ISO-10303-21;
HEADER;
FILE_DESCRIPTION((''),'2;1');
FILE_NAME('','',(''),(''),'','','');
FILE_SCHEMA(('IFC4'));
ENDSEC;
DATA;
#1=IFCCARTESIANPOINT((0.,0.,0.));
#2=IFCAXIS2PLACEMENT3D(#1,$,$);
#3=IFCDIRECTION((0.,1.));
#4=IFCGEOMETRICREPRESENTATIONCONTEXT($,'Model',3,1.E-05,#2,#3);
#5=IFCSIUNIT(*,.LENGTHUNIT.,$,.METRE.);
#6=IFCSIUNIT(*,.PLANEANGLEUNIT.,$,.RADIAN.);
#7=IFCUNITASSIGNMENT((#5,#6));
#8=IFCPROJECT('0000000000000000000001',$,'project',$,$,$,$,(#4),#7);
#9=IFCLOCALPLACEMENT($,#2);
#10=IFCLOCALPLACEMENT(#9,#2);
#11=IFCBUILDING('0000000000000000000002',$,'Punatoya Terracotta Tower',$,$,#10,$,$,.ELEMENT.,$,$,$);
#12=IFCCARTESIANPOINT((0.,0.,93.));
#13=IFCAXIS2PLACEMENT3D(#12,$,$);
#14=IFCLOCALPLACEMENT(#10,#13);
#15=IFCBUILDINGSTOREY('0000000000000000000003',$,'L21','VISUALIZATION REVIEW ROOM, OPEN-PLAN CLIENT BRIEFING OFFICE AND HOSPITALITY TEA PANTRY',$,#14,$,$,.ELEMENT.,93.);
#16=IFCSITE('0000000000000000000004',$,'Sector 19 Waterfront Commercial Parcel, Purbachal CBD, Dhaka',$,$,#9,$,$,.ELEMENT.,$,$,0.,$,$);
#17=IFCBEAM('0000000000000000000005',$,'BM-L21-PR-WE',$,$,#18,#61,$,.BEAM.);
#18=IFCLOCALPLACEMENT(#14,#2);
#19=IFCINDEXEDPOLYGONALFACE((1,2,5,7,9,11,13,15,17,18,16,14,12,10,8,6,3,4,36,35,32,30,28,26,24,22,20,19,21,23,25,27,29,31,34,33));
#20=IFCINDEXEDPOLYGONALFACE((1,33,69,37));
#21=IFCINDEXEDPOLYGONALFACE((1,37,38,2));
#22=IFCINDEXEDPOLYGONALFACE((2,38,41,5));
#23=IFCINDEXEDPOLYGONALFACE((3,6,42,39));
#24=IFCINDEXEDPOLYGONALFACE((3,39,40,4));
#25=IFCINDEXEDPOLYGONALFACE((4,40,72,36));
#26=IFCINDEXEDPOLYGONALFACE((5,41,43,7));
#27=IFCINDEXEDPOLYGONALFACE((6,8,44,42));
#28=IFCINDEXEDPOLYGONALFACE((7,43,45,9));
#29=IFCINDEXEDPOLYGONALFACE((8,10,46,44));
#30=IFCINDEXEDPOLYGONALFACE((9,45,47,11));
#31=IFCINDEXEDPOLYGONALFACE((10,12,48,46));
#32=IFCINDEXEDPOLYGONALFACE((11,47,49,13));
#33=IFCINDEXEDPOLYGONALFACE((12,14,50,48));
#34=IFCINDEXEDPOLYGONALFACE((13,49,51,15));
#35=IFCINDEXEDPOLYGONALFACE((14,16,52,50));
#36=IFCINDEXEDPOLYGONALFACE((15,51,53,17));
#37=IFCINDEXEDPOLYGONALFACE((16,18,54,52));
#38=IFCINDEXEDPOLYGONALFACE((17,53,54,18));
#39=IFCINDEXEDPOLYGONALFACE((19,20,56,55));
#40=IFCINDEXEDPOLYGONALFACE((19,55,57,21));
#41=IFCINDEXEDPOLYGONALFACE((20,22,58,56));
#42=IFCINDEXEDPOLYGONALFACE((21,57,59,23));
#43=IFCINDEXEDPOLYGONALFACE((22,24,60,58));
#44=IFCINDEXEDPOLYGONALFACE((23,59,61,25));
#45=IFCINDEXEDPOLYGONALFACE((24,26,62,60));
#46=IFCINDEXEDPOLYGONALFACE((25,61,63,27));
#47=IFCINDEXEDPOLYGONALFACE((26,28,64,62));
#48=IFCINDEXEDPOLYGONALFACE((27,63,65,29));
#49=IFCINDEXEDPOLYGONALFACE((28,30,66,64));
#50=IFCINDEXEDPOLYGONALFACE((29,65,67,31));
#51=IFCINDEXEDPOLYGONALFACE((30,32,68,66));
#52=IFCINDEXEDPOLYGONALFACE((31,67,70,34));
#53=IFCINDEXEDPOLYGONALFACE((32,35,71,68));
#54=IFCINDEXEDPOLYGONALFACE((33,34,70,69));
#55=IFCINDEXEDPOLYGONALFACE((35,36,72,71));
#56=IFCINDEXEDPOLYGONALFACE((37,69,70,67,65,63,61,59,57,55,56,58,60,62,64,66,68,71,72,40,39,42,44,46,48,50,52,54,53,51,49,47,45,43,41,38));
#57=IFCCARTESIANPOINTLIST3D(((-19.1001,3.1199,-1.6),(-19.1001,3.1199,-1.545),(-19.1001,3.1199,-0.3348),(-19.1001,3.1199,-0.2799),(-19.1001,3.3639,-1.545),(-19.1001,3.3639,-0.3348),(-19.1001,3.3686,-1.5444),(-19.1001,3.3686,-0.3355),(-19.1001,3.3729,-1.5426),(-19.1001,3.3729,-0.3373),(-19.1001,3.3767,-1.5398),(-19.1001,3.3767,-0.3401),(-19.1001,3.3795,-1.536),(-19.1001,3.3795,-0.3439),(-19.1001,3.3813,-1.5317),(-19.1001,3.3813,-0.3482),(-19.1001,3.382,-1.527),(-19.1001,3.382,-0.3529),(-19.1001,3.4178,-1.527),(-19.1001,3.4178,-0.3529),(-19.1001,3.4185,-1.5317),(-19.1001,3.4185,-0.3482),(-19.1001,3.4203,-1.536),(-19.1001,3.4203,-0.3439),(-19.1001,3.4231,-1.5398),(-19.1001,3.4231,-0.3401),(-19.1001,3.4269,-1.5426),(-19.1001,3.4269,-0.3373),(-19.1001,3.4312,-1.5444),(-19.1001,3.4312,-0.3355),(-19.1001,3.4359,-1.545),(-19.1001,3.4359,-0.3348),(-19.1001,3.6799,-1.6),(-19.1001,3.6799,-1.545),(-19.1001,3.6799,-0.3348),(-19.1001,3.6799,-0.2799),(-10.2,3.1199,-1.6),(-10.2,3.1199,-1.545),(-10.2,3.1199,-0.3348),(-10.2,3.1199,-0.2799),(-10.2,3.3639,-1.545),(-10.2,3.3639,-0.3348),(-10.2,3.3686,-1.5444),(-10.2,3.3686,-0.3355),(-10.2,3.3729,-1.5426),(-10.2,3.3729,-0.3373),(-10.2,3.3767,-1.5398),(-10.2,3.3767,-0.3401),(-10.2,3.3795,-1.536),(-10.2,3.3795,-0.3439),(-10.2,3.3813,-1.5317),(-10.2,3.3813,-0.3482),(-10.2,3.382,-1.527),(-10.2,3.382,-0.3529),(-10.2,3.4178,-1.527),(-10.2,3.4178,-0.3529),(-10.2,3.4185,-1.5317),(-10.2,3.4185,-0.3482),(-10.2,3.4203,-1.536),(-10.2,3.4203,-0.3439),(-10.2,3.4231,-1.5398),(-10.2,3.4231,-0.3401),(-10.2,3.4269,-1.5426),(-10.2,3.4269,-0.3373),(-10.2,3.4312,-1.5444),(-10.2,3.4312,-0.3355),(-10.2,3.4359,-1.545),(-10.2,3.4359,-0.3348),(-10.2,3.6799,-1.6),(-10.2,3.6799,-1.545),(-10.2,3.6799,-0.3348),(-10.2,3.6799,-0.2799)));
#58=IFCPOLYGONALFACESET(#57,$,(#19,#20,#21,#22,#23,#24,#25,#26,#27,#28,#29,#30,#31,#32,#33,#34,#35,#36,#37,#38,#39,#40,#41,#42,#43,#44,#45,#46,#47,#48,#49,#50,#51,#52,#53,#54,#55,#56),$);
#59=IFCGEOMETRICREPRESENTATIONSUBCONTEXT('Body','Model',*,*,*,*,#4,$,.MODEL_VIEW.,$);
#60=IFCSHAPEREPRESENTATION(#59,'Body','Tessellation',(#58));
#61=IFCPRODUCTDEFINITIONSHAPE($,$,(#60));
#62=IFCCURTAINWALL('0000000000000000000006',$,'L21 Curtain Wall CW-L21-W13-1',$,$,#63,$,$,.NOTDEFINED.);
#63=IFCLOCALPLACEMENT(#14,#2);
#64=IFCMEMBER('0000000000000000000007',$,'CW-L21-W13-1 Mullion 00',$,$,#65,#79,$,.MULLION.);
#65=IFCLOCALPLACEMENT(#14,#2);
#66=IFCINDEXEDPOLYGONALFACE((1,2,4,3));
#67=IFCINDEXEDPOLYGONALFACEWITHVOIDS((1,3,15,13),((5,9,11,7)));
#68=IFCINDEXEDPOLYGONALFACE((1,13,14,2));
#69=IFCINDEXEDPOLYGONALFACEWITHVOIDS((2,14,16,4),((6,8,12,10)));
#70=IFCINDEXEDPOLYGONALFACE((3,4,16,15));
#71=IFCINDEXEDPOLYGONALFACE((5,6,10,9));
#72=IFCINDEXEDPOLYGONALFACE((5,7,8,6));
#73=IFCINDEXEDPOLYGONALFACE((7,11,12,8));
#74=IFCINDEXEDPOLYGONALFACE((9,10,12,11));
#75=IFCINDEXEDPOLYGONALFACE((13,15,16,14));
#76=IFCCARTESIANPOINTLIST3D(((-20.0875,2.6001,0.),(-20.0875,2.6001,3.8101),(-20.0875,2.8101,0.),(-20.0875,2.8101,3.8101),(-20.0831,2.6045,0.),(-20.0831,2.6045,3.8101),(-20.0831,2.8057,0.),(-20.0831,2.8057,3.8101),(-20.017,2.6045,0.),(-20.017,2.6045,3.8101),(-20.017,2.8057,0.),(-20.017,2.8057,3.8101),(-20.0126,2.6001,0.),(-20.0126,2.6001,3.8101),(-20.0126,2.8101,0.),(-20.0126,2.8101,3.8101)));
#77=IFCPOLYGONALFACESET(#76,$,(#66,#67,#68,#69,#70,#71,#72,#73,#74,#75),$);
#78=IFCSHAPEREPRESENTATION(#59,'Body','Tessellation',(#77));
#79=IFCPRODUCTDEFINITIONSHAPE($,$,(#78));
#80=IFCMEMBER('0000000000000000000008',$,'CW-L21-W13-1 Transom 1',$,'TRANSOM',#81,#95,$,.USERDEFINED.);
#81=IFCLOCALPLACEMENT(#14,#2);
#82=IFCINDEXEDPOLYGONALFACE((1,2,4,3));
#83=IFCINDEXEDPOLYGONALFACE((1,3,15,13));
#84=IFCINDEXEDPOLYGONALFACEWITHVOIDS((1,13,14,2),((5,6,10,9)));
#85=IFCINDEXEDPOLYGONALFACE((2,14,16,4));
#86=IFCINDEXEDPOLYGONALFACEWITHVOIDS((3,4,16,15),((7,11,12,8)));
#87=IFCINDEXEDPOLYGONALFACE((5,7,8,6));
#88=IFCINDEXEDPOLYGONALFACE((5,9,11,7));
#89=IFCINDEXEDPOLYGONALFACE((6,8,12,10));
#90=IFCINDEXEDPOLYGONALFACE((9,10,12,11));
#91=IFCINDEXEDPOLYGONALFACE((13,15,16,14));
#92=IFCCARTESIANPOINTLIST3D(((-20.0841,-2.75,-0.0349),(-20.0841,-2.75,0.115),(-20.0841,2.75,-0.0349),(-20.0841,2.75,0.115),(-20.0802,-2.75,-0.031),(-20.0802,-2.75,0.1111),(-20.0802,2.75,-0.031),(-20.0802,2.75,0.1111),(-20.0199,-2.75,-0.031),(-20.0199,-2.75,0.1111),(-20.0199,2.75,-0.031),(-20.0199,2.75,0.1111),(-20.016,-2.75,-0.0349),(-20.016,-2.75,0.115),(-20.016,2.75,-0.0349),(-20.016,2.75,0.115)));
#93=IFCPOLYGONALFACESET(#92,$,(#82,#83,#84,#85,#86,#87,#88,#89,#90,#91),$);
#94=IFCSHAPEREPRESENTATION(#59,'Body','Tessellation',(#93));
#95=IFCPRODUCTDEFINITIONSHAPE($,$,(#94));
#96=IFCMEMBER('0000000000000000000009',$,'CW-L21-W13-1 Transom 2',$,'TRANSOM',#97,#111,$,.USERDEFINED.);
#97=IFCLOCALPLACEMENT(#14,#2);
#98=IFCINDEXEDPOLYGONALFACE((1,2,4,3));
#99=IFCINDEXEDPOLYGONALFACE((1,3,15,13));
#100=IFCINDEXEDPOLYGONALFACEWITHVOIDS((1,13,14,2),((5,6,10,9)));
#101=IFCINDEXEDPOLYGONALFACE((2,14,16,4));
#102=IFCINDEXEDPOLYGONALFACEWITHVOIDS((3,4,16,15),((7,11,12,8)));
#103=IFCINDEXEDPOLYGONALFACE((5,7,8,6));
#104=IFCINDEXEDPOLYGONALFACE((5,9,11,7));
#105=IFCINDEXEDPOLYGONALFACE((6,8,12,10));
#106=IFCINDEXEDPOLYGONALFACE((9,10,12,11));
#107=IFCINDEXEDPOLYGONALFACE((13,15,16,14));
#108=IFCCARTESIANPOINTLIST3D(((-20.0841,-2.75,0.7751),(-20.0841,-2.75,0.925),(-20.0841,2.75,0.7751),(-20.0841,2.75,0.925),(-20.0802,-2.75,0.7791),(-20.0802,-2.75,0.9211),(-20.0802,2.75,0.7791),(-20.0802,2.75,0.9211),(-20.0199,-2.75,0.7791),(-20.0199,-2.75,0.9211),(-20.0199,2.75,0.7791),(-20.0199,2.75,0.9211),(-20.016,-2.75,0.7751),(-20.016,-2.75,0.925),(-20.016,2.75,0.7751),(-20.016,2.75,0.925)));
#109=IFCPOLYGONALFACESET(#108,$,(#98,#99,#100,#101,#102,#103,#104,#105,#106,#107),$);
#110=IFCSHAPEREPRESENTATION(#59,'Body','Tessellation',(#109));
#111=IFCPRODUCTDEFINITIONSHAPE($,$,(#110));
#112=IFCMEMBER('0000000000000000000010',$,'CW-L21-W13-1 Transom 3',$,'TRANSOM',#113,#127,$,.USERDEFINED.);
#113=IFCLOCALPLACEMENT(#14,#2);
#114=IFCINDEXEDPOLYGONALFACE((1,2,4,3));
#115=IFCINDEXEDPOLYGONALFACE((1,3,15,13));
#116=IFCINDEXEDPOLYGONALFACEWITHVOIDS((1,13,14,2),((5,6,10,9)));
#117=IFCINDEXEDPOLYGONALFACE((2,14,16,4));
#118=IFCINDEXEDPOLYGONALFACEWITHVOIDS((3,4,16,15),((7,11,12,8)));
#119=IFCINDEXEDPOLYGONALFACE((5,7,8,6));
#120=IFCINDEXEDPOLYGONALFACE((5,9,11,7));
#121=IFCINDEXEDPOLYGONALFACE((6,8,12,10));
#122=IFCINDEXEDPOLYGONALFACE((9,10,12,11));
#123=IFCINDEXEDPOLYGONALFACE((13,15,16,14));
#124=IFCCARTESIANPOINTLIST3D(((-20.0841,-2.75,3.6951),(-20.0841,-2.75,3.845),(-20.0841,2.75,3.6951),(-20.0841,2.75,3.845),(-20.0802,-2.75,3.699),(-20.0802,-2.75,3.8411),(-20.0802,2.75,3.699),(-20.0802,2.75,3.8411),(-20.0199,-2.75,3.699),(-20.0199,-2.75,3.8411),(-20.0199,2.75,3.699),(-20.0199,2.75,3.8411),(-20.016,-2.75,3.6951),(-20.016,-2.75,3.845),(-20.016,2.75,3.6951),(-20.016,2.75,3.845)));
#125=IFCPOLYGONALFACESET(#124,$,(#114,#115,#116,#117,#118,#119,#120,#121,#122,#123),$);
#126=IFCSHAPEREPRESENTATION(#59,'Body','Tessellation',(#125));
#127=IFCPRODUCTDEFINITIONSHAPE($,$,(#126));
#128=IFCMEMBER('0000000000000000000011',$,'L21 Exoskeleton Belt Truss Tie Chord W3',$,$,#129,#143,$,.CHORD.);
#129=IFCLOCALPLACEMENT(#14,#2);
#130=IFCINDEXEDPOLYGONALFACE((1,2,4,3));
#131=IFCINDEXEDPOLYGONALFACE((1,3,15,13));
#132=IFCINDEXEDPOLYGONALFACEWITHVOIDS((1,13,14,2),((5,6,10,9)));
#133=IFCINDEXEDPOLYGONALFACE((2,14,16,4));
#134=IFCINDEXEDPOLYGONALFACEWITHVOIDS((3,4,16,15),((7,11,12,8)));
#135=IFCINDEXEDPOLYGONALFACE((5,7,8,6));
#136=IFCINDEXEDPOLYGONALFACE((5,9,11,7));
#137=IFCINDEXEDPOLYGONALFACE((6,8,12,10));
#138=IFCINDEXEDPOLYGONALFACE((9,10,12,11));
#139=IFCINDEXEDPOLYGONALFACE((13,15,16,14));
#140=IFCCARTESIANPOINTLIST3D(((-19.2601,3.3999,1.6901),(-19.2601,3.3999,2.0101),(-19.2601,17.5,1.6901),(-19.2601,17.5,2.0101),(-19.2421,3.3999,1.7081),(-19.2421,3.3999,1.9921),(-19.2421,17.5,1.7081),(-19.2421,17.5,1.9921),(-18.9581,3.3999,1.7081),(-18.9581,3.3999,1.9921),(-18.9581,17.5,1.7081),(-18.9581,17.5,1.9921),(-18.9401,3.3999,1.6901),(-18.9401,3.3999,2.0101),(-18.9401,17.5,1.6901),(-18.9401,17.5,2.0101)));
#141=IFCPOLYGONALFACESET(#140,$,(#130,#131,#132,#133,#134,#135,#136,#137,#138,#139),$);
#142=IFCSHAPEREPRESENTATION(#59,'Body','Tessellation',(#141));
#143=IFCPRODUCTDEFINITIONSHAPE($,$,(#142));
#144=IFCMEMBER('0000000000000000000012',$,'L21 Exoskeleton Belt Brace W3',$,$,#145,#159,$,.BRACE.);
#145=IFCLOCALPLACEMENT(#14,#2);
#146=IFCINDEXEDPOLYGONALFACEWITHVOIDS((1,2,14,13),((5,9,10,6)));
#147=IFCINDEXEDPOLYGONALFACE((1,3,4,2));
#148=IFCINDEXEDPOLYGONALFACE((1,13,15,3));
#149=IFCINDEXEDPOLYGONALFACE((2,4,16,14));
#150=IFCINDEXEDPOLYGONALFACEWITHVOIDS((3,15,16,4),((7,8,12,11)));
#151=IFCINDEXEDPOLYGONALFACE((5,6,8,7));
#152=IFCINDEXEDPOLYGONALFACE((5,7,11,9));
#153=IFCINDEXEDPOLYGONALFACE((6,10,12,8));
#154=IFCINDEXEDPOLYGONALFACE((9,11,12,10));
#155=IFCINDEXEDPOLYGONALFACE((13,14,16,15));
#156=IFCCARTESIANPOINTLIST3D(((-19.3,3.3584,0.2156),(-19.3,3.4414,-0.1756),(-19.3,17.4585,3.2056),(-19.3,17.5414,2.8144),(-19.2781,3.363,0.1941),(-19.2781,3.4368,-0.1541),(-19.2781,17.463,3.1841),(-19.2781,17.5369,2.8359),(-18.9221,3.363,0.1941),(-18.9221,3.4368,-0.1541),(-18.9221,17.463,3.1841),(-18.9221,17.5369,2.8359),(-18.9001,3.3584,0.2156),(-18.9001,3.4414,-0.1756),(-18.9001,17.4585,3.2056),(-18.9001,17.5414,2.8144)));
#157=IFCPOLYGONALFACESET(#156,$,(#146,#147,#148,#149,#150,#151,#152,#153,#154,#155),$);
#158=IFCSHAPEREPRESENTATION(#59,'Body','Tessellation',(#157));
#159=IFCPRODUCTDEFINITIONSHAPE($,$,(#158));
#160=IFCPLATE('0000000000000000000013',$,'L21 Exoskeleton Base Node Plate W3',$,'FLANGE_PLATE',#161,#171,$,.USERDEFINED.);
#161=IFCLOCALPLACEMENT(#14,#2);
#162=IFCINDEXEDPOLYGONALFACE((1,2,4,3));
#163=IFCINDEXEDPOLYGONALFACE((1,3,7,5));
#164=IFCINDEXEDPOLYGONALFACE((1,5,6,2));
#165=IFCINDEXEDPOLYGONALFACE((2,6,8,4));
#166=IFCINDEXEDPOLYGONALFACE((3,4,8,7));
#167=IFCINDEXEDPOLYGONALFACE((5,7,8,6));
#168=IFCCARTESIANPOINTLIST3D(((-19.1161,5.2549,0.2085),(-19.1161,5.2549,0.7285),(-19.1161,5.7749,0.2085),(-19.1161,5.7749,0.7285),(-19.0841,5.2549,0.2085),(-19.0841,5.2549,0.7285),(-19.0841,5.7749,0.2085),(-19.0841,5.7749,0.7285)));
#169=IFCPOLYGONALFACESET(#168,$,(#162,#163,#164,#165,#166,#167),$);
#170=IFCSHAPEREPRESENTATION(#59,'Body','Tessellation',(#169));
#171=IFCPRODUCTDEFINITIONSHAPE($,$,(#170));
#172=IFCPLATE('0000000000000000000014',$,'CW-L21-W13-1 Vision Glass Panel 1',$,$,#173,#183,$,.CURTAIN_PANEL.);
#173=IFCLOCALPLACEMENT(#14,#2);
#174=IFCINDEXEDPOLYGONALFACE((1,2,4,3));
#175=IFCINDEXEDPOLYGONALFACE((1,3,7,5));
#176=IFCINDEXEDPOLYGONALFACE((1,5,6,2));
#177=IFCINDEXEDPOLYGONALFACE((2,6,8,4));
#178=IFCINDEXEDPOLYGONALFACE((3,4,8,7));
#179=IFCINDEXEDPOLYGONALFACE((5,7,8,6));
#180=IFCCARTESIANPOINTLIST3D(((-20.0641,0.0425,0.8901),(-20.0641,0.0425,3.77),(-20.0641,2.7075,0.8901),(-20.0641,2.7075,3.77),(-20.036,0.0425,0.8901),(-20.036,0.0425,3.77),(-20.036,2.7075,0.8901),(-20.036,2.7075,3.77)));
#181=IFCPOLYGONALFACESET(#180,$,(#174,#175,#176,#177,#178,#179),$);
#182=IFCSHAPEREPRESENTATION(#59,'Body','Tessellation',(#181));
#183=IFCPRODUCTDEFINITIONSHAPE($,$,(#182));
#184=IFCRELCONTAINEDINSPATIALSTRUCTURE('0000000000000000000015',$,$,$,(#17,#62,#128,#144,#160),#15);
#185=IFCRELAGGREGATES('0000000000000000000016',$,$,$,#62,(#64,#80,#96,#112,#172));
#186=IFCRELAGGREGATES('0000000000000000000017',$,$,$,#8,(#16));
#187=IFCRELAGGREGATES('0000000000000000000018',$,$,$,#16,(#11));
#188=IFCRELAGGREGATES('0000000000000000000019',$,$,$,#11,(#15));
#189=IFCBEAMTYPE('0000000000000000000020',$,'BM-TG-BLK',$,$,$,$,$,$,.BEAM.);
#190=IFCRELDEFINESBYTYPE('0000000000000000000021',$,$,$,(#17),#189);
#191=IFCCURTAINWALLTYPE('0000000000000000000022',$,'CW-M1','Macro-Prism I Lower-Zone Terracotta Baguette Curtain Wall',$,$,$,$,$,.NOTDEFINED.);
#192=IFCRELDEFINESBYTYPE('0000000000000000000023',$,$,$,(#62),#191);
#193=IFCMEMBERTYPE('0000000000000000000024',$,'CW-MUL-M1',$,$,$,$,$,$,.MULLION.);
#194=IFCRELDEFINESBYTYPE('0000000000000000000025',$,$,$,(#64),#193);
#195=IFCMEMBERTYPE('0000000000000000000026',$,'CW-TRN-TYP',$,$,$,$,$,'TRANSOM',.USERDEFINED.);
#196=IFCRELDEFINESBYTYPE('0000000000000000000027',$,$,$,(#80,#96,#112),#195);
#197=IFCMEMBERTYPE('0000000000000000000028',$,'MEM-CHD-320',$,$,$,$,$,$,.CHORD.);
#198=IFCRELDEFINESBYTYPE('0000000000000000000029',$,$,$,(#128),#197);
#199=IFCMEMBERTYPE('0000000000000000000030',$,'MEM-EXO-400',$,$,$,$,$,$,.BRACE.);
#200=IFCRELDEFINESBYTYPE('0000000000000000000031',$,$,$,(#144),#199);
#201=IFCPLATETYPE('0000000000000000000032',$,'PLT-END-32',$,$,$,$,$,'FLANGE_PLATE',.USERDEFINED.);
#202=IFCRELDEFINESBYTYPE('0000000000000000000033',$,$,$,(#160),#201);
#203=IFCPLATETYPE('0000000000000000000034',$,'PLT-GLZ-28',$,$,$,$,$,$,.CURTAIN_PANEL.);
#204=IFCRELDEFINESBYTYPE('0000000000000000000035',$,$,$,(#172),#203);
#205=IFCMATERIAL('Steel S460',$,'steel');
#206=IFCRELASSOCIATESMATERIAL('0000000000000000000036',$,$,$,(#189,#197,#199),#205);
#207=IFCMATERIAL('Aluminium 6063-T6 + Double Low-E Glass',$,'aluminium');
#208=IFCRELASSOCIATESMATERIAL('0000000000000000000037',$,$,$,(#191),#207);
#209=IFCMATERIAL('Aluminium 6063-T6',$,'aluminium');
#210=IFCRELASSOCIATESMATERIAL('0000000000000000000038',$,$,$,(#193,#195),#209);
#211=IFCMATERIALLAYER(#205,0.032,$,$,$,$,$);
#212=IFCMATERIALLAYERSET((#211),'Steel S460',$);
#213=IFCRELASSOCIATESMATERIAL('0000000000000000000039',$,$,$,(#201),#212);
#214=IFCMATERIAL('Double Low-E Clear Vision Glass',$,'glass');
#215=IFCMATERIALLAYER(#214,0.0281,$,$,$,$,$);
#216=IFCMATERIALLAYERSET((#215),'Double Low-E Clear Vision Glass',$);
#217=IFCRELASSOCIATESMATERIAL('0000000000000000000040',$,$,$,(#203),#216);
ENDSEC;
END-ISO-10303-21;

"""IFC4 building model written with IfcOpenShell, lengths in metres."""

from ifc_helpers import new_model, si_unit, direction, frame, origin, origin_2d, place, context, subcontext, project, spatial, rectangle, hollow_rectangle, i_section, extrude, material, layer, layer_set, material_profile, profile_set, type_object, element, aggregate, save


model = new_model("IFC4")

# Units and contexts
model_context = context("Model", 3, precision=1e-05, world=origin(), true_north=direction((0.0, 1.0)))
body_context = subcontext(model_context, "Body", "Model", "MODEL_VIEW")
ifc_project = project(units=[si_unit("LENGTHUNIT", "METRE"), si_unit("PLANEANGLEUNIT", "RADIAN")], contexts=[model_context])

# Site, building, storey
site_placement = place(None, origin())
site = spatial("IfcSite", under=ifc_project, at=site_placement, Name="Sector 19 Waterfront Commercial Parcel, Purbachal CBD, Dhaka", CompositionType="ELEMENT", RefElevation=0.0)
building_placement = place(site_placement, origin())
building = spatial("IfcBuilding", under=site, at=building_placement, Name="Punatoya Terracotta Tower", CompositionType="ELEMENT")
storey_placement = place(building_placement, frame((0.0, 0.0, 93.0)))
storey = spatial("IfcBuildingStorey", under=building, at=storey_placement, Name="L21", Description="VISUALIZATION REVIEW ROOM, OPEN-PLAN CLIENT BRIEFING OFFICE AND HOSPITALITY TEA PANTRY", CompositionType="ELEMENT", Elevation=93.0)

# Shared definitions
ifc_material_1 = material(Name="Steel S460", Category="steel")

# Beam
ifc_material_profile_1 = material_profile(ifc_material_1, i_section(OverallWidth=0.5601, OverallDepth=1.3201, WebThickness=0.0359, FlangeThickness=0.0549, FilletRadius=0.0181, at=origin_2d()))
ifc_profile_set_1 = profile_set([ifc_material_profile_1], Name="Steel S460")
beam_type_1 = type_object("IfcBeamType", Name="BM-TG-BLK", PredefinedType="BEAM", material=ifc_profile_set_1)
beam_1_placement = place(storey_placement, frame((-19.1001, 3.3999, -0.9399), z_axis=(1.0, 0.0, 0.0), x_axis=(0.0, 1.0, 0.0)))
element("IfcBeam", 1, at=beam_1_placement, inside=storey, type_object=beam_type_1, Name="BM-L21-PR-WE", PredefinedType="BEAM", context=body_context, shape_type="SweptSolid", body=[
    extrude(i_section(OverallWidth=0.5601, OverallDepth=1.3201, WebThickness=0.0359, FlangeThickness=0.0549, FilletRadius=0.0181, at=origin_2d()), origin(), (0.0, 0.0, 1.0), 8.9001),
])

# Curtain wall, members
ifc_material_2 = material(Name="Aluminium 6063-T6 + Double Low-E Glass", Category="aluminium")
curtain_wall_type = type_object("IfcCurtainWallType", Name="CW-M1", Description="Macro-Prism I Lower-Zone Terracotta Baguette Curtain Wall", PredefinedType="NOTDEFINED", material=ifc_material_2)
curtain_wall_placement = place(storey_placement, origin())
curtain_wall = element("IfcCurtainWall", 2, at=curtain_wall_placement, inside=storey, type_object=curtain_wall_type, Name="L21 Curtain Wall CW-L21-W13-1", PredefinedType="NOTDEFINED")
ifc_material_3 = material(Name="Aluminium 6063-T6", Category="aluminium")
ifc_material_profile_2 = material_profile(ifc_material_3, hollow_rectangle(XDim=0.075, YDim=0.21, WallThickness=0.0044, at=origin_2d()))
ifc_profile_set_2 = profile_set([ifc_material_profile_2], Name="Aluminium 6063-T6")
member_type_1 = type_object("IfcMemberType", Name="CW-MUL-M1", PredefinedType="MULLION", material=ifc_profile_set_2)
member_1_placement = place(storey_placement, frame((-20.05, 2.7051, 0.0), z_axis=(0.0, 0.0, 1.0), x_axis=(1.0, 0.0, 0.0)))
member_1 = element("IfcMember", 3, at=member_1_placement, type_object=member_type_1, Name="CW-L21-W13-1 Mullion 00", PredefinedType="MULLION", context=body_context, shape_type="SweptSolid", body=[
    extrude(hollow_rectangle(XDim=0.075, YDim=0.21, WallThickness=0.0044, at=origin_2d()), origin(), (0.0, 0.0, 1.0), 3.8101),
])
ifc_material_profile_3 = material_profile(ifc_material_3, hollow_rectangle(XDim=0.0681, YDim=0.1499, WallThickness=0.0039, at=origin_2d()))
ifc_profile_set_3 = profile_set([ifc_material_profile_3], Name="Aluminium 6063-T6")
member_type_2 = type_object("IfcMemberType", Name="CW-TRN-TYP", ElementType="TRANSOM", PredefinedType="USERDEFINED", material=ifc_profile_set_3)
member_2_placement = place(storey_placement, frame((-20.05, 2.75, 0.04), z_axis=(0.0, -1.0, 0.0), x_axis=(1.0, 0.0, 0.0)))
member_2 = element("IfcMember", 4, at=member_2_placement, type_object=member_type_2, Name="CW-L21-W13-1 Transom 1", ObjectType="TRANSOM", PredefinedType="USERDEFINED", context=body_context, shape_type="SweptSolid", body=[
    extrude(hollow_rectangle(XDim=0.0681, YDim=0.1499, WallThickness=0.0039, at=origin_2d()), origin(), (0.0, 0.0, 1.0), 5.5),
])
member_3_placement = place(storey_placement, frame((-20.05, 2.75, 0.8501), z_axis=(0.0, -1.0, 0.0), x_axis=(1.0, 0.0, 0.0)))
member_3 = element("IfcMember", 5, at=member_3_placement, type_object=member_type_2, Name="CW-L21-W13-1 Transom 2", ObjectType="TRANSOM", PredefinedType="USERDEFINED", context=body_context, shape_type="SweptSolid", body=[
    extrude(hollow_rectangle(XDim=0.0681, YDim=0.1499, WallThickness=0.0039, at=origin_2d()), origin(), (0.0, 0.0, 1.0), 5.5),
])
member_4_placement = place(storey_placement, frame((-20.05, 2.75, 3.77), z_axis=(0.0, -1.0, 0.0), x_axis=(1.0, 0.0, 0.0)))
member_4 = element("IfcMember", 6, at=member_4_placement, type_object=member_type_2, Name="CW-L21-W13-1 Transom 3", ObjectType="TRANSOM", PredefinedType="USERDEFINED", context=body_context, shape_type="SweptSolid", body=[
    extrude(hollow_rectangle(XDim=0.0681, YDim=0.1499, WallThickness=0.0039, at=origin_2d()), origin(), (0.0, 0.0, 1.0), 5.5),
])

# Members
ifc_material_profile_4 = material_profile(ifc_material_1, hollow_rectangle(XDim=0.3201, YDim=0.3201, WallThickness=0.0181, at=origin_2d()))
ifc_profile_set_4 = profile_set([ifc_material_profile_4], Name="Steel S460")
member_type_3 = type_object("IfcMemberType", Name="MEM-CHD-320", PredefinedType="CHORD", material=ifc_profile_set_4)
member_5_placement = place(storey_placement, frame((-19.1001, 3.3999, 1.8501), z_axis=(0.0, 1.0, 0.0), x_axis=(-1.0, 0.0, 0.0)))
element("IfcMember", 7, at=member_5_placement, inside=storey, type_object=member_type_3, Name="L21 Exoskeleton Belt Truss Tie Chord W3", PredefinedType="CHORD", context=body_context, shape_type="SweptSolid", body=[
    extrude(hollow_rectangle(XDim=0.3201, YDim=0.3201, WallThickness=0.0181, at=origin_2d()), origin(), (0.0, 0.0, 1.0), 14.1001),
])
ifc_material_profile_5 = material_profile(ifc_material_1, hollow_rectangle(XDim=0.3999, YDim=0.3999, WallThickness=0.022, at=origin_2d()))
ifc_profile_set_5 = profile_set([ifc_material_profile_5], Name="Steel S460")
member_type_4 = type_object("IfcMemberType", Name="MEM-EXO-400", PredefinedType="BRACE", material=ifc_profile_set_5)
member_6_placement = place(storey_placement, frame((-19.1001, 3.3999, 0.02), z_axis=(0.0, 0.978247, 0.207442), x_axis=(-1.0, 0.0, 0.0)))
element("IfcMember", 8, at=member_6_placement, inside=storey, type_object=member_type_4, Name="L21 Exoskeleton Belt Brace W3", PredefinedType="BRACE", context=body_context, shape_type="SweptSolid", body=[
    extrude(hollow_rectangle(XDim=0.3999, YDim=0.3999, WallThickness=0.022, at=origin_2d()), origin(), (0.0, 0.0, 1.0), 14.4136),
])

# Plates
ifc_layer_1 = layer(ifc_material_1, 0.032)
ifc_layer_set_1 = layer_set([ifc_layer_1], Name="Steel S460")
plate_type_1 = type_object("IfcPlateType", Name="PLT-END-32", ElementType="FLANGE_PLATE", PredefinedType="USERDEFINED", material=ifc_layer_set_1)
plate_1_placement = place(storey_placement, frame((-19.1001, 5.5149, 0.2085), z_axis=(0.0, 0.0, 1.0), x_axis=(0.0, 1.0, 0.0)))
element("IfcPlate", 9, at=plate_1_placement, inside=storey, type_object=plate_type_1, Name="L21 Exoskeleton Base Node Plate W3", ObjectType="FLANGE_PLATE", PredefinedType="USERDEFINED", context=body_context, shape_type="SweptSolid", body=[
    extrude(rectangle(XDim=0.52, YDim=0.032, at=origin_2d()), origin(), (0.0, 0.0, 1.0), 0.52),
])
ifc_material_4 = material(Name="Double Low-E Clear Vision Glass", Category="glass")
ifc_layer_2 = layer(ifc_material_4, 0.0281)
ifc_layer_set_2 = layer_set([ifc_layer_2], Name="Double Low-E Clear Vision Glass")
plate_type_2 = type_object("IfcPlateType", Name="PLT-GLZ-28", PredefinedType="CURTAIN_PANEL", material=ifc_layer_set_2)
plate_2_placement = place(storey_placement, frame((-20.05, 1.375, 0.8901), z_axis=(0.0, 0.0, 1.0), x_axis=(0.0, -1.0, 0.0)))
plate_2 = element("IfcPlate", 10, at=plate_2_placement, type_object=plate_type_2, Name="CW-L21-W13-1 Vision Glass Panel 1", PredefinedType="CURTAIN_PANEL", context=body_context, shape_type="SweptSolid", body=[
    extrude(rectangle(XDim=2.665, YDim=0.0281, at=origin_2d()), origin(), (0.0, 0.0, 1.0), 2.8799),
])
aggregate(curtain_wall, [member_1, member_2, member_3, member_4, plate_2])

save(model, "model.ifc")
